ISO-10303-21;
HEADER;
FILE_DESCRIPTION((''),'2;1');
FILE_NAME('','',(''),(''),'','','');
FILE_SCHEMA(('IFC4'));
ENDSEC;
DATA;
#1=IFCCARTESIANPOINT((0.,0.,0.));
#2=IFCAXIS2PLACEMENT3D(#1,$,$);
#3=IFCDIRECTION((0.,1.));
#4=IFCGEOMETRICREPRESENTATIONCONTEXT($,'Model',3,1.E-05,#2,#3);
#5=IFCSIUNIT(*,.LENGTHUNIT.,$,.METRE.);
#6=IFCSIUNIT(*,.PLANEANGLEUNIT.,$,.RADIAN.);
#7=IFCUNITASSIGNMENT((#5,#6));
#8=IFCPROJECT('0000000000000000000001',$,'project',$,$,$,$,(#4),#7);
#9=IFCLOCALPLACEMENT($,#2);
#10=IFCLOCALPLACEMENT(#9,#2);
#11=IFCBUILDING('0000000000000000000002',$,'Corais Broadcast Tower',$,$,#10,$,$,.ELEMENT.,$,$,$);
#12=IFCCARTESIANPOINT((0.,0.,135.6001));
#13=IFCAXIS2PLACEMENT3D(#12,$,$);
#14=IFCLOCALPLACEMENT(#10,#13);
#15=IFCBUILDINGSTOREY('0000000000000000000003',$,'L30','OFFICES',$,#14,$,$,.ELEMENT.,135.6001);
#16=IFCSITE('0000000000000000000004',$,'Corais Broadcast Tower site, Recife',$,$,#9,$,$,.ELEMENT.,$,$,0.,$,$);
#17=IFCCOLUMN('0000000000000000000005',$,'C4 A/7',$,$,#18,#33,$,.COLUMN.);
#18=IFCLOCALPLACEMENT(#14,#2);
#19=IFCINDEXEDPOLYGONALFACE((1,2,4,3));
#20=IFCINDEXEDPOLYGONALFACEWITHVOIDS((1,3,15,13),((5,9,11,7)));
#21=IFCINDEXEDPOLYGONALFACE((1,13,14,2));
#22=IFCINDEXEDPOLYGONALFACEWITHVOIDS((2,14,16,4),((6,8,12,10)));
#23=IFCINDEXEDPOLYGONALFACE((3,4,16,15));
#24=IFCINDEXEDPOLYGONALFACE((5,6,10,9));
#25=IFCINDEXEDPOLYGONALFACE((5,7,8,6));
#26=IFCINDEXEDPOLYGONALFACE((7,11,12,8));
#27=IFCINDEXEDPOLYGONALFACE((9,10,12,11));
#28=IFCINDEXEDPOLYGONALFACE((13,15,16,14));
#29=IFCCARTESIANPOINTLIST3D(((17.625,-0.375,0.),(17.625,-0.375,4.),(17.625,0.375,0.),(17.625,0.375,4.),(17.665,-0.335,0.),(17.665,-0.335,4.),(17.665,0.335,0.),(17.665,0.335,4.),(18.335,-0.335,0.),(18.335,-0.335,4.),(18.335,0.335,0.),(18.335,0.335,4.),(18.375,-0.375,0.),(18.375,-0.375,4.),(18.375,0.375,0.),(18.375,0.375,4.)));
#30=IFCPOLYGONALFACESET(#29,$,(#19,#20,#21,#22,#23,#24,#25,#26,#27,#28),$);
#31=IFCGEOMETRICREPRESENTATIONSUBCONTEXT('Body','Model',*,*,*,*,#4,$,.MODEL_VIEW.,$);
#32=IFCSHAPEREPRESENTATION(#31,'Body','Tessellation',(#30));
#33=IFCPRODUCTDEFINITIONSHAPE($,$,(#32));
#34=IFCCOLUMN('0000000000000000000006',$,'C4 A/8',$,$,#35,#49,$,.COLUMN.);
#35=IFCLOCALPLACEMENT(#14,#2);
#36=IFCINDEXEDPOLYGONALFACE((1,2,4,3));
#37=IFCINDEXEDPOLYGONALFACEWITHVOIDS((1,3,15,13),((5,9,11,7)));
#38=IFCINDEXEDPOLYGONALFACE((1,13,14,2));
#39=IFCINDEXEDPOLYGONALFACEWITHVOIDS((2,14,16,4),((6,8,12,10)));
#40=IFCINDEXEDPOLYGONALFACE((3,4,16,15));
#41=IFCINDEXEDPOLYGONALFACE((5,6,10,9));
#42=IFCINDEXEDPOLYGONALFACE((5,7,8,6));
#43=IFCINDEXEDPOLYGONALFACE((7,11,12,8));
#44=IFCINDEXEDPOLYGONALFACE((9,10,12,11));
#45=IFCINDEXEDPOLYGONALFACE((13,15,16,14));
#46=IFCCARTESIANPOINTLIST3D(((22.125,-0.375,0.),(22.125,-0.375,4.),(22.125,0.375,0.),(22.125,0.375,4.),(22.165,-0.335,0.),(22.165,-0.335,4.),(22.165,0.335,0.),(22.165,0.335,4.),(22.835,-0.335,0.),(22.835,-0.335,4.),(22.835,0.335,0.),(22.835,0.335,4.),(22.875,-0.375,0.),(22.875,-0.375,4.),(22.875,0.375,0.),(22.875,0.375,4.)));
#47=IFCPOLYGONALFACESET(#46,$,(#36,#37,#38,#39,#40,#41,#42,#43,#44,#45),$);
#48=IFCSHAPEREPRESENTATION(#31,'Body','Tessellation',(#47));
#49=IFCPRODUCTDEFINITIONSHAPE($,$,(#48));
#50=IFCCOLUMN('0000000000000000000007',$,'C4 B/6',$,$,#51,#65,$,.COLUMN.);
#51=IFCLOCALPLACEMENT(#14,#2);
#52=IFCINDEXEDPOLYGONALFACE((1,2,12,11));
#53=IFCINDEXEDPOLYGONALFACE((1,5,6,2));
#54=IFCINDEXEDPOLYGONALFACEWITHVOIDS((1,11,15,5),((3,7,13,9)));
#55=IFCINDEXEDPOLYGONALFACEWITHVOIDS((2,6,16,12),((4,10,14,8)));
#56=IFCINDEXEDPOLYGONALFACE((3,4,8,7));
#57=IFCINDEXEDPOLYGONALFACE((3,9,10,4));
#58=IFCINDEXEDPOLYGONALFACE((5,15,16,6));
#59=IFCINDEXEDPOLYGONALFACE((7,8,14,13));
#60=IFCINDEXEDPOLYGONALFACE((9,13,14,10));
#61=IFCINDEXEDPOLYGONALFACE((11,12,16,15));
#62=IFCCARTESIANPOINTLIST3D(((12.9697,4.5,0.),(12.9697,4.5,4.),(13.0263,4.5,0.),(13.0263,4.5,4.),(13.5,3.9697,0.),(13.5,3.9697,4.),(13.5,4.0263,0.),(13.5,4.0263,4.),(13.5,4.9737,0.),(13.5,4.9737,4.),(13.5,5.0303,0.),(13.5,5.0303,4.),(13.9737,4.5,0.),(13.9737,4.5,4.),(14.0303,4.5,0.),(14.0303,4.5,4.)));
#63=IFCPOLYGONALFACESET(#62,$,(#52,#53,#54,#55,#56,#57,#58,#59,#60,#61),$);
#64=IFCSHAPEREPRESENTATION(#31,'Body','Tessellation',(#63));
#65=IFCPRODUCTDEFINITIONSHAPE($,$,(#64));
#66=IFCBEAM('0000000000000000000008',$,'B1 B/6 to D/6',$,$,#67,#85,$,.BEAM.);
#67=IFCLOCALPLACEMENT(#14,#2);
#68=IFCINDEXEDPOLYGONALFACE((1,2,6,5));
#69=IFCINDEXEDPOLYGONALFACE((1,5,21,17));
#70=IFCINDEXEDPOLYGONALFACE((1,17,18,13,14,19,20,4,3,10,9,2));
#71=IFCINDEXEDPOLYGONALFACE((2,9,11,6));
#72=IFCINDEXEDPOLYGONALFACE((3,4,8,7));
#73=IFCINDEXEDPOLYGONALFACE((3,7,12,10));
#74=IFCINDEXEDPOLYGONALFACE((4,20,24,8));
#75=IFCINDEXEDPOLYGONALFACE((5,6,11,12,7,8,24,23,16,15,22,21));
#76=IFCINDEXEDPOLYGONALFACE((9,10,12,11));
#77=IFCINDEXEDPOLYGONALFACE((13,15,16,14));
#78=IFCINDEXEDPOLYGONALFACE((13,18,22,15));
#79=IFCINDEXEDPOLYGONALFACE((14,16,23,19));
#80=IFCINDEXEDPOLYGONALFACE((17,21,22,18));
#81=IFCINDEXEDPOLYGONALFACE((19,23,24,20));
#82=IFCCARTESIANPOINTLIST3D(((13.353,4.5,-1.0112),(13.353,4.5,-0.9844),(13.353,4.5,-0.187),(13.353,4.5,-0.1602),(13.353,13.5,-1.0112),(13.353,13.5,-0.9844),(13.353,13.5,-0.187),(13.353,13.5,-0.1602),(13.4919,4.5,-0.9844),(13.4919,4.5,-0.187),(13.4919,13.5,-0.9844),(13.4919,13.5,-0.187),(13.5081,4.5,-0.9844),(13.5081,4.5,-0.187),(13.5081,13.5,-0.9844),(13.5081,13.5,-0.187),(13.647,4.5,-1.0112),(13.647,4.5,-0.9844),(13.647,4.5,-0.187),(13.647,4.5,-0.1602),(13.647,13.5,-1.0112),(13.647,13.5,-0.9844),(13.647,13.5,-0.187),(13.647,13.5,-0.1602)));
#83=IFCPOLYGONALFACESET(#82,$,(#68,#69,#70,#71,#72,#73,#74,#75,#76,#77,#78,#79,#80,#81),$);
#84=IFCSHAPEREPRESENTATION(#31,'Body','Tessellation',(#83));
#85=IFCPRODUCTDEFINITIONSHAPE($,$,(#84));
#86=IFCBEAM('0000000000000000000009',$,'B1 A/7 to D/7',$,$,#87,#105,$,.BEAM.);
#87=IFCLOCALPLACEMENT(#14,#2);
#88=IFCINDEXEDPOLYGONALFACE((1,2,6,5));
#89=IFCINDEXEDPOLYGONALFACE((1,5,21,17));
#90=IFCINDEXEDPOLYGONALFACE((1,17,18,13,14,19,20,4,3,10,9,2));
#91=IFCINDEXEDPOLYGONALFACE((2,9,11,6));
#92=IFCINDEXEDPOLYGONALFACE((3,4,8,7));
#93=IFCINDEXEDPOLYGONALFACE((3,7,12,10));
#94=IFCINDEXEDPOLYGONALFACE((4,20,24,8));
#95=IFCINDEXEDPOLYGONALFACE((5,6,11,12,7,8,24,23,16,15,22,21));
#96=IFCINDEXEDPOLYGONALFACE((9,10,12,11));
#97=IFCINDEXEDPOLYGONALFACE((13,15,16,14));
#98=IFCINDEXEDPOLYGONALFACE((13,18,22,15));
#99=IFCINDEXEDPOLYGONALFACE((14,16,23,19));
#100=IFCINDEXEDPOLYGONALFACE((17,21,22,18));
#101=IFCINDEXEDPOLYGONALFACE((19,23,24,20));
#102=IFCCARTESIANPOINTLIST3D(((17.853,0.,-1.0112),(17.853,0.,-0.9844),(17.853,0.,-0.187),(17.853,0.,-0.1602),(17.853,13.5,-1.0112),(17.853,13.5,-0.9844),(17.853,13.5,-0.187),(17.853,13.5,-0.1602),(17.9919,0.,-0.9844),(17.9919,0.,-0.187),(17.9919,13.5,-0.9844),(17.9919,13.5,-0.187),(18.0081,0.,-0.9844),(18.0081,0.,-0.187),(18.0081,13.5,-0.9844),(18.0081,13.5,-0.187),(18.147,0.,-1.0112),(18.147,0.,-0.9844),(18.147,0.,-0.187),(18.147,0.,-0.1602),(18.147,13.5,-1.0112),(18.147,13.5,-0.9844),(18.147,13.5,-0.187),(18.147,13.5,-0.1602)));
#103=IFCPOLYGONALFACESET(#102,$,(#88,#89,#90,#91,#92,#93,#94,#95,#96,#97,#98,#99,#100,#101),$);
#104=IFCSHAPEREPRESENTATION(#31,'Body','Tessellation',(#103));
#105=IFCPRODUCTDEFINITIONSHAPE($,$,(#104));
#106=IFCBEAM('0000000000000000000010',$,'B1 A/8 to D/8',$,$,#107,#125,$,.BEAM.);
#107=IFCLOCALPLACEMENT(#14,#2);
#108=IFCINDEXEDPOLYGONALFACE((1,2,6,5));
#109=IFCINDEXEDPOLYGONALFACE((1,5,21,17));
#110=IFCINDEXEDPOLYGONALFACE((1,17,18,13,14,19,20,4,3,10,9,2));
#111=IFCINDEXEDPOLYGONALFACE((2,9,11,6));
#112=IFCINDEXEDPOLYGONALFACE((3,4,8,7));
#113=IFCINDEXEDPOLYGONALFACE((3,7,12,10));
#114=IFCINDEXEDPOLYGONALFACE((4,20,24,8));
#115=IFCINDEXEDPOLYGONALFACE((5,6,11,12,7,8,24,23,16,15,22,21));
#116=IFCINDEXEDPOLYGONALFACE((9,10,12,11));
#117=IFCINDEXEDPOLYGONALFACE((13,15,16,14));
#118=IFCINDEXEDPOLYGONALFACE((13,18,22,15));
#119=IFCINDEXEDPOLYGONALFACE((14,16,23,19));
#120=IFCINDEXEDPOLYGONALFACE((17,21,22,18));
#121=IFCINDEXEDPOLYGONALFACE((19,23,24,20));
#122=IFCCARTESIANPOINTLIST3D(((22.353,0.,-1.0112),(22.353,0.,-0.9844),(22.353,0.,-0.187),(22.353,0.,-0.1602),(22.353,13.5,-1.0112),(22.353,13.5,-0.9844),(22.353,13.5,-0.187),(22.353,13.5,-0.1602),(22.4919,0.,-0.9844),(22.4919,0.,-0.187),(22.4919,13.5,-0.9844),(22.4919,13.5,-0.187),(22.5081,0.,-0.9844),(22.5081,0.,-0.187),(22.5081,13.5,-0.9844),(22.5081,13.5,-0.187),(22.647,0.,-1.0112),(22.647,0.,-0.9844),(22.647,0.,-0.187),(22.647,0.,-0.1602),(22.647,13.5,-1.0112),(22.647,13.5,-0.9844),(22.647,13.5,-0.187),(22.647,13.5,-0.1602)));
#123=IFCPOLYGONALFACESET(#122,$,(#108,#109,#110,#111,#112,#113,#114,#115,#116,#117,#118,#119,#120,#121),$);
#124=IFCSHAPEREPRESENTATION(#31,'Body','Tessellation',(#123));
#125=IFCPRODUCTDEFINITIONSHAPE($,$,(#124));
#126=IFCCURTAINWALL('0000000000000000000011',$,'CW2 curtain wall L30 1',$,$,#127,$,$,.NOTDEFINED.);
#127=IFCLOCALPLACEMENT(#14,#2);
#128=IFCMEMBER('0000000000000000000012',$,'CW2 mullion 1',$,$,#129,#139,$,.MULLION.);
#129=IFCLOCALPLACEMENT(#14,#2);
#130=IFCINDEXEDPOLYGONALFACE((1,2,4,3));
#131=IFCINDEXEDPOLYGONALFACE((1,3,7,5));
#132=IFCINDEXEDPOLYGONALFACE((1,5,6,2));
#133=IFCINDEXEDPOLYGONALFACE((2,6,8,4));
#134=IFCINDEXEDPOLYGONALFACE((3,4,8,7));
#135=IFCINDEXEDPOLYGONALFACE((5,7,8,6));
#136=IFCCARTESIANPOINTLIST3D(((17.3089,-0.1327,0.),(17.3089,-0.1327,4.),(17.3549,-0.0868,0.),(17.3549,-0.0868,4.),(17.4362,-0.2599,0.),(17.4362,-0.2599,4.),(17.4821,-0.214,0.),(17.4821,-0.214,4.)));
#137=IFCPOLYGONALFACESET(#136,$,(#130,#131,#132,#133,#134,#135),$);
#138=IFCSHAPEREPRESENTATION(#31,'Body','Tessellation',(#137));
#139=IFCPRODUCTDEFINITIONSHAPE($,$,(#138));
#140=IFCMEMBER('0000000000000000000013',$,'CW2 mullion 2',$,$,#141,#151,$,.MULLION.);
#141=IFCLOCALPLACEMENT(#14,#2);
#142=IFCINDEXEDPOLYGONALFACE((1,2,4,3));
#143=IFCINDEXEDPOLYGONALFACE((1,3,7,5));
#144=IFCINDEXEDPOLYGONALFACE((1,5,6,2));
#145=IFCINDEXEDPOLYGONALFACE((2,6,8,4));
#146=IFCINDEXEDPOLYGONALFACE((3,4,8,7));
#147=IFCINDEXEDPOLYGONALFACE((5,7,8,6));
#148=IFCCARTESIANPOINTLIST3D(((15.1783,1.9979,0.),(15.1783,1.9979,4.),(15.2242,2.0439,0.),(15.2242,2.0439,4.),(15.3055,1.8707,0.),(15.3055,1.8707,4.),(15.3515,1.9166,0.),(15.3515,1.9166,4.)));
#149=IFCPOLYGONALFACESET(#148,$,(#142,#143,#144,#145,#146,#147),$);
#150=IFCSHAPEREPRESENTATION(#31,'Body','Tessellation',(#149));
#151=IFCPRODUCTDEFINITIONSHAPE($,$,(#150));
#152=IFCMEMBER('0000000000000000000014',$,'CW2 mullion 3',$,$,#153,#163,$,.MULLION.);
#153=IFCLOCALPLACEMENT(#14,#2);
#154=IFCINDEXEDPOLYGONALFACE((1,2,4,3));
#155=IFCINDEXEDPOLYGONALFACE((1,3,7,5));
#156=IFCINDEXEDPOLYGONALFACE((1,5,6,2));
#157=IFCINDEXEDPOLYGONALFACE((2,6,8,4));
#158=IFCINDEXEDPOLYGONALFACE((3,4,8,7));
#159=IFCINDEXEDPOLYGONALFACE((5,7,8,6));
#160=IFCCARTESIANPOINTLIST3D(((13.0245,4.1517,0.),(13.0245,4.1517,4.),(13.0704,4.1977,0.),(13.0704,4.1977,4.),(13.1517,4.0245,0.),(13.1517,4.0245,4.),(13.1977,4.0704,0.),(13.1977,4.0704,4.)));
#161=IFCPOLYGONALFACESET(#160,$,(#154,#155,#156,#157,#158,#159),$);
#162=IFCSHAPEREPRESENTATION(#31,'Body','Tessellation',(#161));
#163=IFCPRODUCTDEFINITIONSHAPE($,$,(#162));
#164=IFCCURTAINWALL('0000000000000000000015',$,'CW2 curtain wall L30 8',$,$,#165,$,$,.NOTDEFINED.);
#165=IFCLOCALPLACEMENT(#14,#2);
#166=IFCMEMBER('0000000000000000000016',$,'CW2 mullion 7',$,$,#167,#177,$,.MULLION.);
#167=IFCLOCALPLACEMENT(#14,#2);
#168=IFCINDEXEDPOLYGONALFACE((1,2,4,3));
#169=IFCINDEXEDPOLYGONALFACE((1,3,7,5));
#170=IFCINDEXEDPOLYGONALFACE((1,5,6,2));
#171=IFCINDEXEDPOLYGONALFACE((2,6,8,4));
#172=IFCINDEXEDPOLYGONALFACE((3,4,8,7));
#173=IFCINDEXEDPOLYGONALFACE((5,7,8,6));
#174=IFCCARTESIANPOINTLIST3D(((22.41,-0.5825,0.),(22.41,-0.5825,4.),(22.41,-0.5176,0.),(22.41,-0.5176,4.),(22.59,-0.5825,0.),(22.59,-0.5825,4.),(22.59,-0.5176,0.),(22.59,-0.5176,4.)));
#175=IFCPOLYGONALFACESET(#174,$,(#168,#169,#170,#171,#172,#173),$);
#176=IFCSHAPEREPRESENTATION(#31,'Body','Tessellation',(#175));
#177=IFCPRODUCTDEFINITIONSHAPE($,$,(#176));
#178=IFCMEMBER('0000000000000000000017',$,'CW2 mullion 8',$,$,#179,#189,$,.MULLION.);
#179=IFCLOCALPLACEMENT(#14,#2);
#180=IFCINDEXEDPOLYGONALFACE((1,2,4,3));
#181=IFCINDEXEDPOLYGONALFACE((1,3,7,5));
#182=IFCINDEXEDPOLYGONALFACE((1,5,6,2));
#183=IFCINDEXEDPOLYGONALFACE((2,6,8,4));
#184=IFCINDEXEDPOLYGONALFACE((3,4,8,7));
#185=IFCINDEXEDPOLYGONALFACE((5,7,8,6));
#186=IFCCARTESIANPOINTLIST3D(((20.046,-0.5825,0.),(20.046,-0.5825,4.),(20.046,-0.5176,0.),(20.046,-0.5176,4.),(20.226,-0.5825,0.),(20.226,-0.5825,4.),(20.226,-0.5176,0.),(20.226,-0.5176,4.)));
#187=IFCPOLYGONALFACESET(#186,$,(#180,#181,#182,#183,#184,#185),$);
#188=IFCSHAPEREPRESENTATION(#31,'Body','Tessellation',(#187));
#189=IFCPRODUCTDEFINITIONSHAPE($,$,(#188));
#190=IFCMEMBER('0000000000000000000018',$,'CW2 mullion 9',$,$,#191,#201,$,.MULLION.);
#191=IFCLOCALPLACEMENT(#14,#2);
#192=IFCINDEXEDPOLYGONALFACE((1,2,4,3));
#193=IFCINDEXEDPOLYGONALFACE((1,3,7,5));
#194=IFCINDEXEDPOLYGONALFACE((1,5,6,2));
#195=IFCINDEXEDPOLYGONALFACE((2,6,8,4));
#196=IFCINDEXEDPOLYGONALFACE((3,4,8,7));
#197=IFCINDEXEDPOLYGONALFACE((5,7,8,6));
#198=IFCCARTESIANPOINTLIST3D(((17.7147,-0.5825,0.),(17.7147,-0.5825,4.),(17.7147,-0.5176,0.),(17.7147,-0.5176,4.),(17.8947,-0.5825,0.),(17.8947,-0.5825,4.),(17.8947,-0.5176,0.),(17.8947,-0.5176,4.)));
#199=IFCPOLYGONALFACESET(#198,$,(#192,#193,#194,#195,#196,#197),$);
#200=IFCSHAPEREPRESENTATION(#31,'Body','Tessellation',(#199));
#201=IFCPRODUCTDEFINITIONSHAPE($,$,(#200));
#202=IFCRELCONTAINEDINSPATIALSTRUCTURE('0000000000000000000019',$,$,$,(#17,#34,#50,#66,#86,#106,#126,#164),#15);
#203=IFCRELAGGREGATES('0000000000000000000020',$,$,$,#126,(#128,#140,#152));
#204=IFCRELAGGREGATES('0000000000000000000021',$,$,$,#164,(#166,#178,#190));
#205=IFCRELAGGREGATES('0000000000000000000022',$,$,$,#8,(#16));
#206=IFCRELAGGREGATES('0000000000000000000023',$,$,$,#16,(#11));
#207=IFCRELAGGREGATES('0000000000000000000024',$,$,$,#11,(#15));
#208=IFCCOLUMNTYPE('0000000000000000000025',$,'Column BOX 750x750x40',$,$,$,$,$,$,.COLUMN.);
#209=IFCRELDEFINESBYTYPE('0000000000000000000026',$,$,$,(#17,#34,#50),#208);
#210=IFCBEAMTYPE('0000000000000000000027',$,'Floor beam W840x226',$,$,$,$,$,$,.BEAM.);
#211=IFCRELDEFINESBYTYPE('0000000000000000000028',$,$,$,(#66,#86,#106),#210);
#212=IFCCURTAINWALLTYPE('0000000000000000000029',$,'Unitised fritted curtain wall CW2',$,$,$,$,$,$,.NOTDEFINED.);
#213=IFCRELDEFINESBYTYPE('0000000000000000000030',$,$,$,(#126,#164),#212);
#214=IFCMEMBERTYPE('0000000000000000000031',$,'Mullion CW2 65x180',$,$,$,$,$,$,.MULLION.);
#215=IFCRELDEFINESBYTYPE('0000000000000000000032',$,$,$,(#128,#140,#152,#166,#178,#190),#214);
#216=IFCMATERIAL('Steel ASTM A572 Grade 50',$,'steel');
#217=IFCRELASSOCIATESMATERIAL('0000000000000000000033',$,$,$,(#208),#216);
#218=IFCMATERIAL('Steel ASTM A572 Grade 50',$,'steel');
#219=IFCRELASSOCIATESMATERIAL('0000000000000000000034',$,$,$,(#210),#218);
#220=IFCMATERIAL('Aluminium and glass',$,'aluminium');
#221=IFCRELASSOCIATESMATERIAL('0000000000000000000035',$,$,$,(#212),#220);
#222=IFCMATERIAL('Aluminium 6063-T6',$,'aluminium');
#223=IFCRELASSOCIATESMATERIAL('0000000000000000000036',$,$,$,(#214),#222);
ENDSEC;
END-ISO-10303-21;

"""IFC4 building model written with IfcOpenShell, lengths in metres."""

from ifc_helpers import new_model, si_unit, direction, frame, origin, origin_2d, place, context, subcontext, project, spatial, rectangle, hollow_rectangle, i_section, extrude, material, material_profile, profile_set, type_object, element, aggregate, save


model = new_model("IFC4")

# Units and contexts
model_context = context("Model", 3, precision=1e-05, world=origin(), true_north=direction((0.0, 1.0)))
body_context = subcontext(model_context, "Body", "Model", "MODEL_VIEW")
ifc_project = project(units=[si_unit("LENGTHUNIT", "METRE"), si_unit("PLANEANGLEUNIT", "RADIAN")], contexts=[model_context])

# Site, building, storey
site_placement = place(None, origin())
site = spatial("IfcSite", under=ifc_project, at=site_placement, Name="Corais Broadcast Tower site, Recife", CompositionType="ELEMENT", RefElevation=0.0)
building_placement = place(site_placement, origin())
building = spatial("IfcBuilding", under=site, at=building_placement, Name="Corais Broadcast Tower", CompositionType="ELEMENT")
storey_placement = place(building_placement, frame((0.0, 0.0, 135.6001)))
storey = spatial("IfcBuildingStorey", under=building, at=storey_placement, Name="L30", Description="OFFICES", CompositionType="ELEMENT", Elevation=135.6001)

# Columns
ifc_material_1 = material(Name="Steel ASTM A572 Grade 50", Category="steel")
ifc_material_profile_1 = material_profile(ifc_material_1, hollow_rectangle(XDim=0.75, YDim=0.75, WallThickness=0.04, at=origin_2d()), Name="BOX 750x750x40")
ifc_profile_set_1 = profile_set([ifc_material_profile_1], Name="Steel ASTM A572 Grade 50")
column_type = type_object("IfcColumnType", Name="Column BOX 750x750x40", PredefinedType="COLUMN", material=ifc_profile_set_1)
for number, where, z_axis, x_axis, name in (
    (1, (18.0, 0.0, 0.0), (0.0, 0.0, 1.0), (1.0, 0.0, 0.0), "C4 A/7"),
    (2, (22.5, 0.0, 0.0), (0.0, 0.0, 1.0), (1.0, 0.0, 0.0), "C4 A/8"),
    (3, (13.5, 4.5, 0.0), (0.0, 0.0, 1.0), (0.707107, 0.707107, 0.0), "C4 B/6"),
):
    element("IfcColumn", number, at=place(storey_placement, frame(where, z_axis=z_axis, x_axis=x_axis)), inside=storey, type_object=column_type, Name=name, PredefinedType="COLUMN", context=body_context, shape_type="SweptSolid", body=[
        extrude(hollow_rectangle(XDim=0.75, YDim=0.75, WallThickness=0.04, at=origin_2d()), origin(), (0.0, 0.0, 1.0), 4.0),
    ])

# Beams
ifc_material_2 = material(Name="Steel ASTM A572 Grade 50", Category="steel")
ifc_material_profile_2 = material_profile(ifc_material_2, i_section(OverallWidth=0.2939, OverallDepth=0.8511, WebThickness=0.0161, FlangeThickness=0.0269, at=origin_2d()), Name="W840x226")
ifc_profile_set_2 = profile_set([ifc_material_profile_2], Name="Steel ASTM A572 Grade 50")
beam_type_1 = type_object("IfcBeamType", Name="Floor beam W840x226", PredefinedType="BEAM", material=ifc_profile_set_2)
beam_1_placement = place(storey_placement, frame((13.5, 4.5, -0.5857), z_axis=(0.0, 1.0, 0.0), x_axis=(-1.0, 0.0, 0.0)))
element("IfcBeam", 4, at=beam_1_placement, inside=storey, type_object=beam_type_1, Name="B1 B/6 to D/6", PredefinedType="BEAM", context=body_context, shape_type="SweptSolid", body=[
    extrude(i_section(OverallWidth=0.2939, OverallDepth=0.8511, WebThickness=0.0161, FlangeThickness=0.0269, at=origin_2d()), origin(), (0.0, 0.0, 1.0), 9.0),
])
for number, where, z_axis, x_axis, name in (
    (5, (18.0, 0.0, -0.5857), (0.0, 1.0, 0.0), (-1.0, 0.0, 0.0), "B1 A/7 to D/7"),
    (6, (22.5, 0.0, -0.5857), (0.0, 1.0, 0.0), (-1.0, 0.0, 0.0), "B1 A/8 to D/8"),
):
    element("IfcBeam", number, at=place(storey_placement, frame(where, z_axis=z_axis, x_axis=x_axis)), inside=storey, type_object=beam_type_1, Name=name, PredefinedType="BEAM", context=body_context, shape_type="SweptSolid", body=[
        extrude(i_section(OverallWidth=0.2939, OverallDepth=0.8511, WebThickness=0.0161, FlangeThickness=0.0269, at=origin_2d()), origin(), (0.0, 0.0, 1.0), 13.5),
    ])

# Curtain walls, members
ifc_material_3 = material(Name="Aluminium and glass", Category="aluminium")
curtain_wall_type = type_object("IfcCurtainWallType", Name="Unitised fritted curtain wall CW2", PredefinedType="NOTDEFINED", material=ifc_material_3)
curtain_wall_1_placement = place(storey_placement, origin())
curtain_wall_1 = element("IfcCurtainWall", 7, at=curtain_wall_1_placement, inside=storey, type_object=curtain_wall_type, Name="CW2 curtain wall L30 1", PredefinedType="NOTDEFINED")
ifc_material_4 = material(Name="Aluminium 6063-T6", Category="aluminium")
ifc_material_profile_3 = material_profile(ifc_material_4, rectangle(XDim=0.0649, YDim=0.1799, at=origin_2d()), Name="Mullion CW2 65x180")
ifc_profile_set_3 = profile_set([ifc_material_profile_3], Name="Aluminium 6063-T6")
member_type_1 = type_object("IfcMemberType", Name="Mullion CW2 65x180", PredefinedType="MULLION", material=ifc_profile_set_3)
member_1_placement = place(storey_placement, frame((17.3955, -0.1733, 0.0), z_axis=(0.0, 0.0, 1.0), x_axis=(-0.707107, -0.707107, 0.0)))
member_1 = element("IfcMember", 8, at=member_1_placement, type_object=member_type_1, Name="CW2 mullion 1", PredefinedType="MULLION", context=body_context, shape_type="SweptSolid", body=[
    extrude(rectangle(XDim=0.0649, YDim=0.1799, at=origin_2d()), origin(), (0.0, 0.0, 1.0), 4.0),
])
member_2_placement = place(storey_placement, frame((15.2649, 1.9573, 0.0), z_axis=(0.0, 0.0, 1.0), x_axis=(-0.707107, -0.707107, 0.0)))
member_2 = element("IfcMember", 9, at=member_2_placement, type_object=member_type_1, Name="CW2 mullion 2", PredefinedType="MULLION", context=body_context, shape_type="SweptSolid", body=[
    extrude(rectangle(XDim=0.0649, YDim=0.1799, at=origin_2d()), origin(), (0.0, 0.0, 1.0), 4.0),
])
member_3_placement = place(storey_placement, frame((13.1111, 4.1111, 0.0), z_axis=(0.0, 0.0, 1.0), x_axis=(-0.707107, -0.707107, 0.0)))
member_3 = element("IfcMember", 10, at=member_3_placement, type_object=member_type_1, Name="CW2 mullion 3", PredefinedType="MULLION", context=body_context, shape_type="SweptSolid", body=[
    extrude(rectangle(XDim=0.0649, YDim=0.1799, at=origin_2d()), origin(), (0.0, 0.0, 1.0), 4.0),
])
curtain_wall_2_placement = place(storey_placement, origin())
curtain_wall_2 = element("IfcCurtainWall", 11, at=curtain_wall_2_placement, inside=storey, type_object=curtain_wall_type, Name="CW2 curtain wall L30 8", PredefinedType="NOTDEFINED")
member_4_placement = place(storey_placement, frame((22.5, -0.55, 0.0), z_axis=(0.0, 0.0, 1.0), x_axis=(0.0, -1.0, 0.0)))
member_4 = element("IfcMember", 12, at=member_4_placement, type_object=member_type_1, Name="CW2 mullion 7", PredefinedType="MULLION", context=body_context, shape_type="SweptSolid", body=[
    extrude(rectangle(XDim=0.0649, YDim=0.1799, at=origin_2d()), origin(), (0.0, 0.0, 1.0), 4.0),
])
member_5_placement = place(storey_placement, frame((20.136, -0.55, 0.0), z_axis=(0.0, 0.0, 1.0), x_axis=(0.0, -1.0, 0.0)))
member_5 = element("IfcMember", 13, at=member_5_placement, type_object=member_type_1, Name="CW2 mullion 8", PredefinedType="MULLION", context=body_context, shape_type="SweptSolid", body=[
    extrude(rectangle(XDim=0.0649, YDim=0.1799, at=origin_2d()), origin(), (0.0, 0.0, 1.0), 4.0),
])
member_6_placement = place(storey_placement, frame((17.8047, -0.55, 0.0), z_axis=(0.0, 0.0, 1.0), x_axis=(0.0, -1.0, 0.0)))
member_6 = element("IfcMember", 14, at=member_6_placement, type_object=member_type_1, Name="CW2 mullion 9", PredefinedType="MULLION", context=body_context, shape_type="SweptSolid", body=[
    extrude(rectangle(XDim=0.0649, YDim=0.1799, at=origin_2d()), origin(), (0.0, 0.0, 1.0), 4.0),
])

aggregate(curtain_wall_1, [member_1, member_2, member_3])
aggregate(curtain_wall_2, [member_4, member_5, member_6])

save(model, "model.ifc")
